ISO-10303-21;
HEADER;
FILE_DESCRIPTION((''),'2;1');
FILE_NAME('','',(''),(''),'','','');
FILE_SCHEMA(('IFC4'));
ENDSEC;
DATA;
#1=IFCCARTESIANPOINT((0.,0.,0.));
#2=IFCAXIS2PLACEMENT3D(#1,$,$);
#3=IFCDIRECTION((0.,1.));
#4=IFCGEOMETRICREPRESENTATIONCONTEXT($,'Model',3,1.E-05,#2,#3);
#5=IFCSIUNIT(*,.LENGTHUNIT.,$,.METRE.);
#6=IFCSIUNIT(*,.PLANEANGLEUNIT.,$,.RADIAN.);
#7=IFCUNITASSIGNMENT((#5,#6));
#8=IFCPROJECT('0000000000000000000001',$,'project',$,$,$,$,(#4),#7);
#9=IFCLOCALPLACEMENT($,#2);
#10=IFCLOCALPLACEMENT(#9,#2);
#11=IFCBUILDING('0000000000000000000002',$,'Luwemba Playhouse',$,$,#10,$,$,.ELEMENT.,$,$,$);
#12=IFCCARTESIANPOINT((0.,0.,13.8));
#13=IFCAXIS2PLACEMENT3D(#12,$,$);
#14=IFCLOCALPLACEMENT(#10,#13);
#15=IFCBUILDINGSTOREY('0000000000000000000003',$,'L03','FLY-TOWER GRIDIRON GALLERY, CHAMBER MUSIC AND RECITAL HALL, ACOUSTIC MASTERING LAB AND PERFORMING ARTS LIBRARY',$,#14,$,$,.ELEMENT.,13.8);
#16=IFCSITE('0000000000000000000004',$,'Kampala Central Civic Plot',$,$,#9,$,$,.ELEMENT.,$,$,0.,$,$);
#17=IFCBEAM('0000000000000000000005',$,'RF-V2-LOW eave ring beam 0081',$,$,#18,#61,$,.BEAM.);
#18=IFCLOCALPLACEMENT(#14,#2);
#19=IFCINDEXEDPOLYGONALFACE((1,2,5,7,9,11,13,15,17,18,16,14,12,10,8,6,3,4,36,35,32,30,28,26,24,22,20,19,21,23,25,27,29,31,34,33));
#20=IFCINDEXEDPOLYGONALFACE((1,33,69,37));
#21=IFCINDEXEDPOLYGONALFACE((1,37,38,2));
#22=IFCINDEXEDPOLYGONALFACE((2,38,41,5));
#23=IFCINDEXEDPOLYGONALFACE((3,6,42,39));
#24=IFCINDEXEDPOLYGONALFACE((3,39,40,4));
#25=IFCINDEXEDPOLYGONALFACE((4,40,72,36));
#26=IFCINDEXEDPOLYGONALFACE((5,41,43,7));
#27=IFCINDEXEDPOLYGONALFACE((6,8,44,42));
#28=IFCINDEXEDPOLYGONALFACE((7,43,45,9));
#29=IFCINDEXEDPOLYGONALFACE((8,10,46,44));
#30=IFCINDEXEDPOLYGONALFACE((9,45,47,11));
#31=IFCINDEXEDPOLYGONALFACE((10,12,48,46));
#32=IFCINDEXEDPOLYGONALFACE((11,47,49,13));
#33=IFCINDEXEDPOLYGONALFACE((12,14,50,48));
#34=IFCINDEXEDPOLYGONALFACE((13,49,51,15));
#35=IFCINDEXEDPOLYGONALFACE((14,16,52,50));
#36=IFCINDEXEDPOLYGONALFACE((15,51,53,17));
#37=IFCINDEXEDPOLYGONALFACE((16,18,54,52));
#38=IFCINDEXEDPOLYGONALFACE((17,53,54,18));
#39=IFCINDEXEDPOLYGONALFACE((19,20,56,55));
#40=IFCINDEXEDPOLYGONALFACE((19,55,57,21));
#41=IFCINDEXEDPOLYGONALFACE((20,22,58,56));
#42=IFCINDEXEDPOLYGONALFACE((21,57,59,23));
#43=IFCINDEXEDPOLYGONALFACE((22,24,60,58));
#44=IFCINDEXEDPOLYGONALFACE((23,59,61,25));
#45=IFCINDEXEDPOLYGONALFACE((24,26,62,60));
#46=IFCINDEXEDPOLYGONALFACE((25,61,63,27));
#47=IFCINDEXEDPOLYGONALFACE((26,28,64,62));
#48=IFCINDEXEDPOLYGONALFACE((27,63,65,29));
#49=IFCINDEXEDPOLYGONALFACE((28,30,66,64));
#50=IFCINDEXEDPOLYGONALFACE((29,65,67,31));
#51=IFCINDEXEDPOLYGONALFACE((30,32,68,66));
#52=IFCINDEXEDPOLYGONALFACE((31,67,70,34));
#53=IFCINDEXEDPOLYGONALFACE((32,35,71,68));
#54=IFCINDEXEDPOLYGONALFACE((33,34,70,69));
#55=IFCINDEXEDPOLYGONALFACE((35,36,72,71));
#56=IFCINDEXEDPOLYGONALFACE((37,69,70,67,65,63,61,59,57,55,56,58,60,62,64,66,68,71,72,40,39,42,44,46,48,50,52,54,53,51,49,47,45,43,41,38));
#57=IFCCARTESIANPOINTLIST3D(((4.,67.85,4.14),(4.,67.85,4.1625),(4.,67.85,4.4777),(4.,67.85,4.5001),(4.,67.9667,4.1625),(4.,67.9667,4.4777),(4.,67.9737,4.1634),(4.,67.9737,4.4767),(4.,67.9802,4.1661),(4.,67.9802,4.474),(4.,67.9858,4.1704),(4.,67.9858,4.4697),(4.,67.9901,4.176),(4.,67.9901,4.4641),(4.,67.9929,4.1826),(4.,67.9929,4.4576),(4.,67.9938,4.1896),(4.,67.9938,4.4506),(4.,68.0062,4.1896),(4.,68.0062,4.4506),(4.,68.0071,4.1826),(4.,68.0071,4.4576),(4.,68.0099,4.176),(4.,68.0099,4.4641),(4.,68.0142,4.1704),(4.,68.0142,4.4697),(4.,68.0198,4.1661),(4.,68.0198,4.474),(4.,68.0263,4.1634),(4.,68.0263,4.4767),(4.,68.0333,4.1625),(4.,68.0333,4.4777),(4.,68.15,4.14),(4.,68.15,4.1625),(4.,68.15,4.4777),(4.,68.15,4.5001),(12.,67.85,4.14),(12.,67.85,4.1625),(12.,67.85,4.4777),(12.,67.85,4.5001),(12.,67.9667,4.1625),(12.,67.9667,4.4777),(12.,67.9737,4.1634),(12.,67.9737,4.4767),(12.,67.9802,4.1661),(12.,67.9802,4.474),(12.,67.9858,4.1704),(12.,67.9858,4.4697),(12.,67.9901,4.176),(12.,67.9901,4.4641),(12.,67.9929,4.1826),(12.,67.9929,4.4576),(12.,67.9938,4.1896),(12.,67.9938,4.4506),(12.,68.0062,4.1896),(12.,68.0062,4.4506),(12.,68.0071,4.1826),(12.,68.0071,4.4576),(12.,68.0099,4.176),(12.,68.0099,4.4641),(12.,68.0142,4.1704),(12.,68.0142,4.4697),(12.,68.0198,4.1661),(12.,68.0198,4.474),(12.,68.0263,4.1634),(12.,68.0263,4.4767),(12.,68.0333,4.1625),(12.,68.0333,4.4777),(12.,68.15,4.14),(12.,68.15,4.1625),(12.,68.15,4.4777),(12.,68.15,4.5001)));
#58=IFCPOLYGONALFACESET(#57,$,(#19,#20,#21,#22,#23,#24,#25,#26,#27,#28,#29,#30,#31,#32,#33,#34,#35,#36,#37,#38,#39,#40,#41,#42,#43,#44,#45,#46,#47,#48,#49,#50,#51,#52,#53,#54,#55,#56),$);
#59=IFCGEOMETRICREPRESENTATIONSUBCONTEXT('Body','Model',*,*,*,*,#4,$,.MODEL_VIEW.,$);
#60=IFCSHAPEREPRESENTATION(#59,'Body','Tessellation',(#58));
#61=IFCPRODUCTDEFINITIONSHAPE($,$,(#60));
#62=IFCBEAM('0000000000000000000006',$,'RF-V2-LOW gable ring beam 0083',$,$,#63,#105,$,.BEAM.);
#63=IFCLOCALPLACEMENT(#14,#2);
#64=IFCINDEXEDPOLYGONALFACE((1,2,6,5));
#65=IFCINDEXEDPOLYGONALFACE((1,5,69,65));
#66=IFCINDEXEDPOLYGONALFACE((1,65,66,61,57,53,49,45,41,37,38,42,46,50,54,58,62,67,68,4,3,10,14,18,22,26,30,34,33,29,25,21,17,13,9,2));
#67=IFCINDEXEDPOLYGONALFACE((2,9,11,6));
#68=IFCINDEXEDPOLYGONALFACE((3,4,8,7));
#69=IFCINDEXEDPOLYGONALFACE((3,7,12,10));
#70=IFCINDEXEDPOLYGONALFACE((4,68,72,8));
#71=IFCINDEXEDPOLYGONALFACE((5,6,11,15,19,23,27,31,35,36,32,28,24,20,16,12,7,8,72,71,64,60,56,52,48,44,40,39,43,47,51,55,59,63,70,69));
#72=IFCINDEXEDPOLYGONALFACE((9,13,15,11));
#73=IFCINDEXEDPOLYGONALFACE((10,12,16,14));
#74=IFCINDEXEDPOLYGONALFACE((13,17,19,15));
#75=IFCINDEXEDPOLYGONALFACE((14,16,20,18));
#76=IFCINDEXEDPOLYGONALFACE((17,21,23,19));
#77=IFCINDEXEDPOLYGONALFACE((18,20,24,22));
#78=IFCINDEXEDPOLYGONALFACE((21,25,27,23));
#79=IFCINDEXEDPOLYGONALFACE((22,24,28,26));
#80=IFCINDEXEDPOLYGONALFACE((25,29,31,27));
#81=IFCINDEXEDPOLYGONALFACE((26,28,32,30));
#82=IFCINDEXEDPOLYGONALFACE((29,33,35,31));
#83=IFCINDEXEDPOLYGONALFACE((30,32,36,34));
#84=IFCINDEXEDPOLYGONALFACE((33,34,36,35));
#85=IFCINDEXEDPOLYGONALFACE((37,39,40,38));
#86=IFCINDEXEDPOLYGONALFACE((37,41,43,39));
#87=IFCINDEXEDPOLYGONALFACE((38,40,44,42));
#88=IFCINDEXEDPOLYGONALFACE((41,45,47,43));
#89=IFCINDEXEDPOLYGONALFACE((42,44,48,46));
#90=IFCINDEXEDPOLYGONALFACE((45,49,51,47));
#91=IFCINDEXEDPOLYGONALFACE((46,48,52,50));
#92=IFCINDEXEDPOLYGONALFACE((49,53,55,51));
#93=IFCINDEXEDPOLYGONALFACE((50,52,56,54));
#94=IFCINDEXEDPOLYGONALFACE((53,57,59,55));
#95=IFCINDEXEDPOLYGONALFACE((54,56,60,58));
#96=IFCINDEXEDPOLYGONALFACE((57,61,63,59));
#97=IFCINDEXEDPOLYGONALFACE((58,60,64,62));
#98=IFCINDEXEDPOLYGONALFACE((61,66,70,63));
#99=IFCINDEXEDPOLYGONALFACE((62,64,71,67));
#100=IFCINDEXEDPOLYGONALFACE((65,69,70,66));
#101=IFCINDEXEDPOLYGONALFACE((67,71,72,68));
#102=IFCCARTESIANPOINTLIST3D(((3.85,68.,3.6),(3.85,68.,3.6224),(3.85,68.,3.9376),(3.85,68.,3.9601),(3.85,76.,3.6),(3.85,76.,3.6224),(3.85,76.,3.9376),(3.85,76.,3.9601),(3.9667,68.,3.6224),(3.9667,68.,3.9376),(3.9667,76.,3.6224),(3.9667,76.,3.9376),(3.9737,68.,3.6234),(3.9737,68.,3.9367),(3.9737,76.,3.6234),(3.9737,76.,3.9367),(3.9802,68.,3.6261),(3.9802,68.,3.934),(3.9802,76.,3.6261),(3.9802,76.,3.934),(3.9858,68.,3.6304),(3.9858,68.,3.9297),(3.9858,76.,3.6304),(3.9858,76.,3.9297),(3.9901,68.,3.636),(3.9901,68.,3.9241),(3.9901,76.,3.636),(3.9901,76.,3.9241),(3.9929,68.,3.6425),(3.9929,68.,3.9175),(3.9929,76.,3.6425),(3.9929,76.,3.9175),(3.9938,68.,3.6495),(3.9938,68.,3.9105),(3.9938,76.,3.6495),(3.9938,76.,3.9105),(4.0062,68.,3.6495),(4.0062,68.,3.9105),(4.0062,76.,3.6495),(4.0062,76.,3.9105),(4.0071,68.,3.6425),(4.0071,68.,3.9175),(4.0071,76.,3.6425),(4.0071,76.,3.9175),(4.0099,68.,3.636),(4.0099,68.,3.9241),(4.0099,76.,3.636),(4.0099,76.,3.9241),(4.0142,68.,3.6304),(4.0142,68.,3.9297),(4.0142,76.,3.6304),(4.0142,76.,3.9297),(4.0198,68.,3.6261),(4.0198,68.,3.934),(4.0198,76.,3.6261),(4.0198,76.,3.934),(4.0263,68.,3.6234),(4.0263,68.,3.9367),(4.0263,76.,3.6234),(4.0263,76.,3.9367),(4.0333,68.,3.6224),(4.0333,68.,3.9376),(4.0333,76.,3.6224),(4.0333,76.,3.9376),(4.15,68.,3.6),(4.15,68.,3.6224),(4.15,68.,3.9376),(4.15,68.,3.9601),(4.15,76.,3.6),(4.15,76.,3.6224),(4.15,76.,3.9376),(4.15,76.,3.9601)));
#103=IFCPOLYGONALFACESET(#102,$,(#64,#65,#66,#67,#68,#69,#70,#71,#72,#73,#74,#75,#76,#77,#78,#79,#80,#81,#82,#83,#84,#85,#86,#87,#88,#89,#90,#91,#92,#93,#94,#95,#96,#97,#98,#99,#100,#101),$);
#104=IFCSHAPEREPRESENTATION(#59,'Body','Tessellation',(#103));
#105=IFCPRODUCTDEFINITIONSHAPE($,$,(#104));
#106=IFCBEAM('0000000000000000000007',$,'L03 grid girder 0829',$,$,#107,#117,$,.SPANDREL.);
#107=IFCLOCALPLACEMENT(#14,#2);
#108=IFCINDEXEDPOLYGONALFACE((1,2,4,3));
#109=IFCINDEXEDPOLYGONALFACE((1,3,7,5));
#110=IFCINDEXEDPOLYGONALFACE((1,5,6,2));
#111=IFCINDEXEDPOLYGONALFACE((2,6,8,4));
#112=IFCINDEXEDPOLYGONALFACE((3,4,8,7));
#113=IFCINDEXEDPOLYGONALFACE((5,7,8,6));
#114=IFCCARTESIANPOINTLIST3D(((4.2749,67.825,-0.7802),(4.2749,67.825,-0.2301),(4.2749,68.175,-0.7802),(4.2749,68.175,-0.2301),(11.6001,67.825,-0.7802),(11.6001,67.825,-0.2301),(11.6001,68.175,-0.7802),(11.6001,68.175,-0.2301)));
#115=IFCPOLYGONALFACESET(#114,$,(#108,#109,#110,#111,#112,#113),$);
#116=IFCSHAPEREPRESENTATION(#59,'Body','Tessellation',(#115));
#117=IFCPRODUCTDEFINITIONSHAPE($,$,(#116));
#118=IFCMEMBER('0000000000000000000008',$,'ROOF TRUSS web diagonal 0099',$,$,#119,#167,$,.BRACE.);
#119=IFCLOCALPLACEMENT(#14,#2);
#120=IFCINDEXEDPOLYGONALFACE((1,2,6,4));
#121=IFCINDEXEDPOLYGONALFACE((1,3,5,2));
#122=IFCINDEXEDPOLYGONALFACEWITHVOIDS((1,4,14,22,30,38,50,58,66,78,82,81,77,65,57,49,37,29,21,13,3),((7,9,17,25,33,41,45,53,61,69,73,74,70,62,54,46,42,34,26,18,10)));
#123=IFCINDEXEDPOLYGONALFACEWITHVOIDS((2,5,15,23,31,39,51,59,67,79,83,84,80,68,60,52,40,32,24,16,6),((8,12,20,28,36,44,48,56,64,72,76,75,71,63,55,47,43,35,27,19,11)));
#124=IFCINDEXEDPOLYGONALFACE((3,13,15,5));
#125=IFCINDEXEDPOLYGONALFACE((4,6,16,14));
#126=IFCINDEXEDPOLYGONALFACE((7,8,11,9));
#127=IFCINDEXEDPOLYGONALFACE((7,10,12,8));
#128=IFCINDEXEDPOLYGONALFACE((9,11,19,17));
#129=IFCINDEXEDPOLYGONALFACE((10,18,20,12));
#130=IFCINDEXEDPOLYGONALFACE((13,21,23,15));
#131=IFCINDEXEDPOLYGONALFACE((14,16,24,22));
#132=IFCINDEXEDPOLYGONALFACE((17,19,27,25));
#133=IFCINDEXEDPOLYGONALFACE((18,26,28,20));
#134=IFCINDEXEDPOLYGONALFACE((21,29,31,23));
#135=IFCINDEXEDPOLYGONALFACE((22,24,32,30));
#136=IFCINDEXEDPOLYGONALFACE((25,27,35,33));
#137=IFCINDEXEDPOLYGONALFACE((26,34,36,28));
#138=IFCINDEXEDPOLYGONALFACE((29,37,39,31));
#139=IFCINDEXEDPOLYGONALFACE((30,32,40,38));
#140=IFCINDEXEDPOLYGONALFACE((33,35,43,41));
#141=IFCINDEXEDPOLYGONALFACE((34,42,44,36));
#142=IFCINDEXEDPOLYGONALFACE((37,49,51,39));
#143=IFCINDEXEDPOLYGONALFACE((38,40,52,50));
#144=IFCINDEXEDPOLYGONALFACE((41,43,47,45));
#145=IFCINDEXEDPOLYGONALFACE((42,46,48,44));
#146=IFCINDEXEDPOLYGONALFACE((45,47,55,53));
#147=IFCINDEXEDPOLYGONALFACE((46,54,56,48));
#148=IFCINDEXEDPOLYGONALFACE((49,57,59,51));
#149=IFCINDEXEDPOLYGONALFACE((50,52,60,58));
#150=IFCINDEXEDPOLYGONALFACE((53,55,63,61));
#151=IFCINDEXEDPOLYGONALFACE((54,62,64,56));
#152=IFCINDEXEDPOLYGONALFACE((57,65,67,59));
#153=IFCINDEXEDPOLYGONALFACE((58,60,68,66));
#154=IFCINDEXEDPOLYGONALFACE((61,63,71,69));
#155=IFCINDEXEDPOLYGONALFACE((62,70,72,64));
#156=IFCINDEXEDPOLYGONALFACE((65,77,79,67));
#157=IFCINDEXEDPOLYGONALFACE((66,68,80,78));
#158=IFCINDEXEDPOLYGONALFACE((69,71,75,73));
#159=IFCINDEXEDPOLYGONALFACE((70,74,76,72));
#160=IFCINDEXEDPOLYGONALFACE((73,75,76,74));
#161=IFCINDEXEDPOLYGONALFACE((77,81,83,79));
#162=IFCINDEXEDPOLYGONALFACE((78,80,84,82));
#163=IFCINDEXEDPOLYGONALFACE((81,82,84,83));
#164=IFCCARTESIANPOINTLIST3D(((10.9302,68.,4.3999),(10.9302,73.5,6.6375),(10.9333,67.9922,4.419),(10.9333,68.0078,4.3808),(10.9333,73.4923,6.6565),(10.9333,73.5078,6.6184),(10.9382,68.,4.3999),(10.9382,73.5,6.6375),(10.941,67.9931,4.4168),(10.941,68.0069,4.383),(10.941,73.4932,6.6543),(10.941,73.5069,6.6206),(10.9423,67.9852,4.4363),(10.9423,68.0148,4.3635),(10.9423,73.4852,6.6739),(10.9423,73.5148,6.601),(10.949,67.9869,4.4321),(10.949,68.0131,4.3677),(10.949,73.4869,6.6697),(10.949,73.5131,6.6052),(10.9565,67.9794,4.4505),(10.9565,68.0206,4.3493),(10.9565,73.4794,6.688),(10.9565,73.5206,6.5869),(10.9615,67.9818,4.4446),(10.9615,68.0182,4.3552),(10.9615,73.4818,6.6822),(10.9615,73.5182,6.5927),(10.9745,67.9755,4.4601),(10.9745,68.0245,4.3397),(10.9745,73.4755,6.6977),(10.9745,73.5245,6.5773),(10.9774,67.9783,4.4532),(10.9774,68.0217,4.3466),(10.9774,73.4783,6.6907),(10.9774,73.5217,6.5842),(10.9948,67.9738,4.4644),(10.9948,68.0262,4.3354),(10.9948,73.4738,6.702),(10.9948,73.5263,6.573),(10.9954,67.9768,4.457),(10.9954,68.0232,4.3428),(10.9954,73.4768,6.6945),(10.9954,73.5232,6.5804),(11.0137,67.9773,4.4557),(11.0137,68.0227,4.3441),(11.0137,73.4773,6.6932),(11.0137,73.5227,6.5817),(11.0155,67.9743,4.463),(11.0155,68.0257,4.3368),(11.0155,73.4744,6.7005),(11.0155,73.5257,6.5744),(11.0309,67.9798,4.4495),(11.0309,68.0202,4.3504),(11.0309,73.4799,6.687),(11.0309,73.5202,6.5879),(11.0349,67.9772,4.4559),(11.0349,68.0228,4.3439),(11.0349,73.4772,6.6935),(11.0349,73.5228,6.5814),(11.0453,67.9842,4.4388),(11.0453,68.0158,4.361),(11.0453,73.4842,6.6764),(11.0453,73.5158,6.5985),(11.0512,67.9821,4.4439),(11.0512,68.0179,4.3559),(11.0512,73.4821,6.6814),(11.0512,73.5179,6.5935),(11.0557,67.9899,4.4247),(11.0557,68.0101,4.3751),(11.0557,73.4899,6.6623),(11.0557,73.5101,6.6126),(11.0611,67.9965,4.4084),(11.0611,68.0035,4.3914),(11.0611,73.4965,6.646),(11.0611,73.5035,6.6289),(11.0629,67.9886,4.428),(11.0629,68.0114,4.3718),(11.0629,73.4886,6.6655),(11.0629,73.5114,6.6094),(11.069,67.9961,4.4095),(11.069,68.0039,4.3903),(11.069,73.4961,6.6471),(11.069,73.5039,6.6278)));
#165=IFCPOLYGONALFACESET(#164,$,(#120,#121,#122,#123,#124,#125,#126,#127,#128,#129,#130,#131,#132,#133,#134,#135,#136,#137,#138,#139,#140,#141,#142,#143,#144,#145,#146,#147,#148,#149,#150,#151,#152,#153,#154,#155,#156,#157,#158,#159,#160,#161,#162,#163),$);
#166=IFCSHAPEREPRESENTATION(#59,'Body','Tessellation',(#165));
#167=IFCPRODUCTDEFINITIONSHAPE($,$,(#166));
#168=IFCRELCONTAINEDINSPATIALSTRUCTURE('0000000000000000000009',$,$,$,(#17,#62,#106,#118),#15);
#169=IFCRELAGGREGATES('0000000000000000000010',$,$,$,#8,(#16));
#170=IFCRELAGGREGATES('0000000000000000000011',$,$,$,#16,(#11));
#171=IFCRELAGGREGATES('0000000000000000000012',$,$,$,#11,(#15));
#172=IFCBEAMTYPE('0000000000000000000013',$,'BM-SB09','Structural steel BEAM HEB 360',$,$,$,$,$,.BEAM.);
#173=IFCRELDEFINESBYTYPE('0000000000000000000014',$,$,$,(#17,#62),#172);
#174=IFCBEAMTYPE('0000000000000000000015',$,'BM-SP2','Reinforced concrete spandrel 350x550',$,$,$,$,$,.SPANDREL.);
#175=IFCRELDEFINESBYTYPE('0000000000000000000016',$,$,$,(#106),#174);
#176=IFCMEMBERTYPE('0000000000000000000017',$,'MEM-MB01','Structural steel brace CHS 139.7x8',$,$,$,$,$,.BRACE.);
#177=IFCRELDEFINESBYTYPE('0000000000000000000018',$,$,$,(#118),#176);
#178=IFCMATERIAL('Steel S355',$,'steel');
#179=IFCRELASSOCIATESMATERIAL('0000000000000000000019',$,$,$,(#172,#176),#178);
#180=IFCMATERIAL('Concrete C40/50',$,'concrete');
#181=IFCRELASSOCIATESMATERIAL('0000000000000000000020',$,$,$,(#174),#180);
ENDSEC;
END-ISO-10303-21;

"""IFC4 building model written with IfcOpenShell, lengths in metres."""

from ifc_helpers import new_model, si_unit, direction, frame, origin, origin_2d, place, context, subcontext, project, spatial, rectangle, hollow_circle, i_section, extrude, material, material_profile, profile_set, type_object, element, save


model = new_model("IFC4")

# Units and contexts
model_context = context("Model", 3, precision=1e-05, world=origin(), true_north=direction((0.0, 1.0)))
body_context = subcontext(model_context, "Body", "Model", "MODEL_VIEW")
ifc_project = project(units=[si_unit("LENGTHUNIT", "METRE"), si_unit("PLANEANGLEUNIT", "RADIAN")], contexts=[model_context])

# Site, building, storey
site_placement = place(None, origin())
site = spatial("IfcSite", under=ifc_project, at=site_placement, Name="Kampala Central Civic Plot", CompositionType="ELEMENT", RefElevation=0.0)
building_placement = place(site_placement, origin())
building = spatial("IfcBuilding", under=site, at=building_placement, Name="Luwemba Playhouse", CompositionType="ELEMENT")
storey_placement = place(building_placement, frame((0.0, 0.0, 13.8)))
storey = spatial("IfcBuildingStorey", under=building, at=storey_placement, Name="L03", Description="FLY-TOWER GRIDIRON GALLERY, CHAMBER MUSIC AND RECITAL HALL, ACOUSTIC MASTERING LAB AND PERFORMING ARTS LIBRARY", CompositionType="ELEMENT", Elevation=13.8)

# Shared definitions
ifc_material_1 = material(Name="Concrete C40/50", Category="concrete")
ifc_material_2 = material(Name="Steel S355", Category="steel")

# Beams
ifc_material_profile_1 = material_profile(ifc_material_2, i_section(OverallWidth=0.3, OverallDepth=0.3601, WebThickness=0.0125, FlangeThickness=0.0225, FilletRadius=0.0271, at=origin_2d()))
ifc_profile_set_1 = profile_set([ifc_material_profile_1], Name="Steel S355")
beam_type_1 = type_object("IfcBeamType", Name="BM-SB09", Description="Structural steel BEAM HEB 360", PredefinedType="BEAM", material=ifc_profile_set_1)
for number, where, z_axis, x_axis, name in (
    (1, (4.0, 68.0, 4.3201), (1.0, 0.0, 0.0), (0.0, 1.0, 0.0), "RF-V2-LOW eave ring beam 0081"),
    (2, (4.0, 68.0, 3.78), (0.0, 1.0, 0.0), (-1.0, 0.0, 0.0), "RF-V2-LOW gable ring beam 0083"),
):
    element("IfcBeam", number, at=place(storey_placement, frame(where, z_axis=z_axis, x_axis=x_axis)), inside=storey, type_object=beam_type_1, Name=name, PredefinedType="BEAM", context=body_context, shape_type="SweptSolid", body=[
        extrude(i_section(OverallWidth=0.3, OverallDepth=0.3601, WebThickness=0.0125, FlangeThickness=0.0225, FilletRadius=0.0271, at=origin_2d()), origin(), (0.0, 0.0, 1.0), 8.0),
    ])
ifc_material_profile_2 = material_profile(ifc_material_1, rectangle(XDim=0.3501, YDim=0.55, at=origin_2d()))
ifc_profile_set_2 = profile_set([ifc_material_profile_2], Name="Concrete C40/50")
beam_type_2 = type_object("IfcBeamType", Name="BM-SP2", Description="Reinforced concrete spandrel 350x550", PredefinedType="SPANDREL", material=ifc_profile_set_2)
beam_placement = place(storey_placement, frame((4.2749, 68.0, -0.5051), z_axis=(1.0, 0.0, 0.0), x_axis=(0.0, 1.0, 0.0)))
element("IfcBeam", 3, at=beam_placement, inside=storey, type_object=beam_type_2, Name="L03 grid girder 0829", PredefinedType="SPANDREL", context=body_context, shape_type="SweptSolid", body=[
    extrude(rectangle(XDim=0.3501, YDim=0.55, at=origin_2d()), origin(), (0.0, 0.0, 1.0), 7.3252),
])

# Member
ifc_material_profile_3 = material_profile(ifc_material_2, hollow_circle(Radius=0.0698, WallThickness=0.0081, at=origin_2d()))
ifc_profile_set_3 = profile_set([ifc_material_profile_3], Name="Steel S355")
member_type_1 = type_object("IfcMemberType", Name="MEM-MB01", Description="Structural steel brace CHS 139.7x8", PredefinedType="BRACE", material=ifc_profile_set_3)
member_1_placement = place(storey_placement, frame((11.0, 68.0, 4.3999), z_axis=(0.0, 0.92628, 0.376836), x_axis=(-1.0, 0.0, 0.0)))
element("IfcMember", 4, at=member_1_placement, inside=storey, type_object=member_type_1, Name="ROOF TRUSS web diagonal 0099", PredefinedType="BRACE", context=body_context, shape_type="SweptSolid", body=[
    extrude(hollow_circle(Radius=0.0698, WallThickness=0.0081, at=origin_2d()), origin(), (0.0, 0.0, 1.0), 5.9377),
])

save(model, "model.ifc")
